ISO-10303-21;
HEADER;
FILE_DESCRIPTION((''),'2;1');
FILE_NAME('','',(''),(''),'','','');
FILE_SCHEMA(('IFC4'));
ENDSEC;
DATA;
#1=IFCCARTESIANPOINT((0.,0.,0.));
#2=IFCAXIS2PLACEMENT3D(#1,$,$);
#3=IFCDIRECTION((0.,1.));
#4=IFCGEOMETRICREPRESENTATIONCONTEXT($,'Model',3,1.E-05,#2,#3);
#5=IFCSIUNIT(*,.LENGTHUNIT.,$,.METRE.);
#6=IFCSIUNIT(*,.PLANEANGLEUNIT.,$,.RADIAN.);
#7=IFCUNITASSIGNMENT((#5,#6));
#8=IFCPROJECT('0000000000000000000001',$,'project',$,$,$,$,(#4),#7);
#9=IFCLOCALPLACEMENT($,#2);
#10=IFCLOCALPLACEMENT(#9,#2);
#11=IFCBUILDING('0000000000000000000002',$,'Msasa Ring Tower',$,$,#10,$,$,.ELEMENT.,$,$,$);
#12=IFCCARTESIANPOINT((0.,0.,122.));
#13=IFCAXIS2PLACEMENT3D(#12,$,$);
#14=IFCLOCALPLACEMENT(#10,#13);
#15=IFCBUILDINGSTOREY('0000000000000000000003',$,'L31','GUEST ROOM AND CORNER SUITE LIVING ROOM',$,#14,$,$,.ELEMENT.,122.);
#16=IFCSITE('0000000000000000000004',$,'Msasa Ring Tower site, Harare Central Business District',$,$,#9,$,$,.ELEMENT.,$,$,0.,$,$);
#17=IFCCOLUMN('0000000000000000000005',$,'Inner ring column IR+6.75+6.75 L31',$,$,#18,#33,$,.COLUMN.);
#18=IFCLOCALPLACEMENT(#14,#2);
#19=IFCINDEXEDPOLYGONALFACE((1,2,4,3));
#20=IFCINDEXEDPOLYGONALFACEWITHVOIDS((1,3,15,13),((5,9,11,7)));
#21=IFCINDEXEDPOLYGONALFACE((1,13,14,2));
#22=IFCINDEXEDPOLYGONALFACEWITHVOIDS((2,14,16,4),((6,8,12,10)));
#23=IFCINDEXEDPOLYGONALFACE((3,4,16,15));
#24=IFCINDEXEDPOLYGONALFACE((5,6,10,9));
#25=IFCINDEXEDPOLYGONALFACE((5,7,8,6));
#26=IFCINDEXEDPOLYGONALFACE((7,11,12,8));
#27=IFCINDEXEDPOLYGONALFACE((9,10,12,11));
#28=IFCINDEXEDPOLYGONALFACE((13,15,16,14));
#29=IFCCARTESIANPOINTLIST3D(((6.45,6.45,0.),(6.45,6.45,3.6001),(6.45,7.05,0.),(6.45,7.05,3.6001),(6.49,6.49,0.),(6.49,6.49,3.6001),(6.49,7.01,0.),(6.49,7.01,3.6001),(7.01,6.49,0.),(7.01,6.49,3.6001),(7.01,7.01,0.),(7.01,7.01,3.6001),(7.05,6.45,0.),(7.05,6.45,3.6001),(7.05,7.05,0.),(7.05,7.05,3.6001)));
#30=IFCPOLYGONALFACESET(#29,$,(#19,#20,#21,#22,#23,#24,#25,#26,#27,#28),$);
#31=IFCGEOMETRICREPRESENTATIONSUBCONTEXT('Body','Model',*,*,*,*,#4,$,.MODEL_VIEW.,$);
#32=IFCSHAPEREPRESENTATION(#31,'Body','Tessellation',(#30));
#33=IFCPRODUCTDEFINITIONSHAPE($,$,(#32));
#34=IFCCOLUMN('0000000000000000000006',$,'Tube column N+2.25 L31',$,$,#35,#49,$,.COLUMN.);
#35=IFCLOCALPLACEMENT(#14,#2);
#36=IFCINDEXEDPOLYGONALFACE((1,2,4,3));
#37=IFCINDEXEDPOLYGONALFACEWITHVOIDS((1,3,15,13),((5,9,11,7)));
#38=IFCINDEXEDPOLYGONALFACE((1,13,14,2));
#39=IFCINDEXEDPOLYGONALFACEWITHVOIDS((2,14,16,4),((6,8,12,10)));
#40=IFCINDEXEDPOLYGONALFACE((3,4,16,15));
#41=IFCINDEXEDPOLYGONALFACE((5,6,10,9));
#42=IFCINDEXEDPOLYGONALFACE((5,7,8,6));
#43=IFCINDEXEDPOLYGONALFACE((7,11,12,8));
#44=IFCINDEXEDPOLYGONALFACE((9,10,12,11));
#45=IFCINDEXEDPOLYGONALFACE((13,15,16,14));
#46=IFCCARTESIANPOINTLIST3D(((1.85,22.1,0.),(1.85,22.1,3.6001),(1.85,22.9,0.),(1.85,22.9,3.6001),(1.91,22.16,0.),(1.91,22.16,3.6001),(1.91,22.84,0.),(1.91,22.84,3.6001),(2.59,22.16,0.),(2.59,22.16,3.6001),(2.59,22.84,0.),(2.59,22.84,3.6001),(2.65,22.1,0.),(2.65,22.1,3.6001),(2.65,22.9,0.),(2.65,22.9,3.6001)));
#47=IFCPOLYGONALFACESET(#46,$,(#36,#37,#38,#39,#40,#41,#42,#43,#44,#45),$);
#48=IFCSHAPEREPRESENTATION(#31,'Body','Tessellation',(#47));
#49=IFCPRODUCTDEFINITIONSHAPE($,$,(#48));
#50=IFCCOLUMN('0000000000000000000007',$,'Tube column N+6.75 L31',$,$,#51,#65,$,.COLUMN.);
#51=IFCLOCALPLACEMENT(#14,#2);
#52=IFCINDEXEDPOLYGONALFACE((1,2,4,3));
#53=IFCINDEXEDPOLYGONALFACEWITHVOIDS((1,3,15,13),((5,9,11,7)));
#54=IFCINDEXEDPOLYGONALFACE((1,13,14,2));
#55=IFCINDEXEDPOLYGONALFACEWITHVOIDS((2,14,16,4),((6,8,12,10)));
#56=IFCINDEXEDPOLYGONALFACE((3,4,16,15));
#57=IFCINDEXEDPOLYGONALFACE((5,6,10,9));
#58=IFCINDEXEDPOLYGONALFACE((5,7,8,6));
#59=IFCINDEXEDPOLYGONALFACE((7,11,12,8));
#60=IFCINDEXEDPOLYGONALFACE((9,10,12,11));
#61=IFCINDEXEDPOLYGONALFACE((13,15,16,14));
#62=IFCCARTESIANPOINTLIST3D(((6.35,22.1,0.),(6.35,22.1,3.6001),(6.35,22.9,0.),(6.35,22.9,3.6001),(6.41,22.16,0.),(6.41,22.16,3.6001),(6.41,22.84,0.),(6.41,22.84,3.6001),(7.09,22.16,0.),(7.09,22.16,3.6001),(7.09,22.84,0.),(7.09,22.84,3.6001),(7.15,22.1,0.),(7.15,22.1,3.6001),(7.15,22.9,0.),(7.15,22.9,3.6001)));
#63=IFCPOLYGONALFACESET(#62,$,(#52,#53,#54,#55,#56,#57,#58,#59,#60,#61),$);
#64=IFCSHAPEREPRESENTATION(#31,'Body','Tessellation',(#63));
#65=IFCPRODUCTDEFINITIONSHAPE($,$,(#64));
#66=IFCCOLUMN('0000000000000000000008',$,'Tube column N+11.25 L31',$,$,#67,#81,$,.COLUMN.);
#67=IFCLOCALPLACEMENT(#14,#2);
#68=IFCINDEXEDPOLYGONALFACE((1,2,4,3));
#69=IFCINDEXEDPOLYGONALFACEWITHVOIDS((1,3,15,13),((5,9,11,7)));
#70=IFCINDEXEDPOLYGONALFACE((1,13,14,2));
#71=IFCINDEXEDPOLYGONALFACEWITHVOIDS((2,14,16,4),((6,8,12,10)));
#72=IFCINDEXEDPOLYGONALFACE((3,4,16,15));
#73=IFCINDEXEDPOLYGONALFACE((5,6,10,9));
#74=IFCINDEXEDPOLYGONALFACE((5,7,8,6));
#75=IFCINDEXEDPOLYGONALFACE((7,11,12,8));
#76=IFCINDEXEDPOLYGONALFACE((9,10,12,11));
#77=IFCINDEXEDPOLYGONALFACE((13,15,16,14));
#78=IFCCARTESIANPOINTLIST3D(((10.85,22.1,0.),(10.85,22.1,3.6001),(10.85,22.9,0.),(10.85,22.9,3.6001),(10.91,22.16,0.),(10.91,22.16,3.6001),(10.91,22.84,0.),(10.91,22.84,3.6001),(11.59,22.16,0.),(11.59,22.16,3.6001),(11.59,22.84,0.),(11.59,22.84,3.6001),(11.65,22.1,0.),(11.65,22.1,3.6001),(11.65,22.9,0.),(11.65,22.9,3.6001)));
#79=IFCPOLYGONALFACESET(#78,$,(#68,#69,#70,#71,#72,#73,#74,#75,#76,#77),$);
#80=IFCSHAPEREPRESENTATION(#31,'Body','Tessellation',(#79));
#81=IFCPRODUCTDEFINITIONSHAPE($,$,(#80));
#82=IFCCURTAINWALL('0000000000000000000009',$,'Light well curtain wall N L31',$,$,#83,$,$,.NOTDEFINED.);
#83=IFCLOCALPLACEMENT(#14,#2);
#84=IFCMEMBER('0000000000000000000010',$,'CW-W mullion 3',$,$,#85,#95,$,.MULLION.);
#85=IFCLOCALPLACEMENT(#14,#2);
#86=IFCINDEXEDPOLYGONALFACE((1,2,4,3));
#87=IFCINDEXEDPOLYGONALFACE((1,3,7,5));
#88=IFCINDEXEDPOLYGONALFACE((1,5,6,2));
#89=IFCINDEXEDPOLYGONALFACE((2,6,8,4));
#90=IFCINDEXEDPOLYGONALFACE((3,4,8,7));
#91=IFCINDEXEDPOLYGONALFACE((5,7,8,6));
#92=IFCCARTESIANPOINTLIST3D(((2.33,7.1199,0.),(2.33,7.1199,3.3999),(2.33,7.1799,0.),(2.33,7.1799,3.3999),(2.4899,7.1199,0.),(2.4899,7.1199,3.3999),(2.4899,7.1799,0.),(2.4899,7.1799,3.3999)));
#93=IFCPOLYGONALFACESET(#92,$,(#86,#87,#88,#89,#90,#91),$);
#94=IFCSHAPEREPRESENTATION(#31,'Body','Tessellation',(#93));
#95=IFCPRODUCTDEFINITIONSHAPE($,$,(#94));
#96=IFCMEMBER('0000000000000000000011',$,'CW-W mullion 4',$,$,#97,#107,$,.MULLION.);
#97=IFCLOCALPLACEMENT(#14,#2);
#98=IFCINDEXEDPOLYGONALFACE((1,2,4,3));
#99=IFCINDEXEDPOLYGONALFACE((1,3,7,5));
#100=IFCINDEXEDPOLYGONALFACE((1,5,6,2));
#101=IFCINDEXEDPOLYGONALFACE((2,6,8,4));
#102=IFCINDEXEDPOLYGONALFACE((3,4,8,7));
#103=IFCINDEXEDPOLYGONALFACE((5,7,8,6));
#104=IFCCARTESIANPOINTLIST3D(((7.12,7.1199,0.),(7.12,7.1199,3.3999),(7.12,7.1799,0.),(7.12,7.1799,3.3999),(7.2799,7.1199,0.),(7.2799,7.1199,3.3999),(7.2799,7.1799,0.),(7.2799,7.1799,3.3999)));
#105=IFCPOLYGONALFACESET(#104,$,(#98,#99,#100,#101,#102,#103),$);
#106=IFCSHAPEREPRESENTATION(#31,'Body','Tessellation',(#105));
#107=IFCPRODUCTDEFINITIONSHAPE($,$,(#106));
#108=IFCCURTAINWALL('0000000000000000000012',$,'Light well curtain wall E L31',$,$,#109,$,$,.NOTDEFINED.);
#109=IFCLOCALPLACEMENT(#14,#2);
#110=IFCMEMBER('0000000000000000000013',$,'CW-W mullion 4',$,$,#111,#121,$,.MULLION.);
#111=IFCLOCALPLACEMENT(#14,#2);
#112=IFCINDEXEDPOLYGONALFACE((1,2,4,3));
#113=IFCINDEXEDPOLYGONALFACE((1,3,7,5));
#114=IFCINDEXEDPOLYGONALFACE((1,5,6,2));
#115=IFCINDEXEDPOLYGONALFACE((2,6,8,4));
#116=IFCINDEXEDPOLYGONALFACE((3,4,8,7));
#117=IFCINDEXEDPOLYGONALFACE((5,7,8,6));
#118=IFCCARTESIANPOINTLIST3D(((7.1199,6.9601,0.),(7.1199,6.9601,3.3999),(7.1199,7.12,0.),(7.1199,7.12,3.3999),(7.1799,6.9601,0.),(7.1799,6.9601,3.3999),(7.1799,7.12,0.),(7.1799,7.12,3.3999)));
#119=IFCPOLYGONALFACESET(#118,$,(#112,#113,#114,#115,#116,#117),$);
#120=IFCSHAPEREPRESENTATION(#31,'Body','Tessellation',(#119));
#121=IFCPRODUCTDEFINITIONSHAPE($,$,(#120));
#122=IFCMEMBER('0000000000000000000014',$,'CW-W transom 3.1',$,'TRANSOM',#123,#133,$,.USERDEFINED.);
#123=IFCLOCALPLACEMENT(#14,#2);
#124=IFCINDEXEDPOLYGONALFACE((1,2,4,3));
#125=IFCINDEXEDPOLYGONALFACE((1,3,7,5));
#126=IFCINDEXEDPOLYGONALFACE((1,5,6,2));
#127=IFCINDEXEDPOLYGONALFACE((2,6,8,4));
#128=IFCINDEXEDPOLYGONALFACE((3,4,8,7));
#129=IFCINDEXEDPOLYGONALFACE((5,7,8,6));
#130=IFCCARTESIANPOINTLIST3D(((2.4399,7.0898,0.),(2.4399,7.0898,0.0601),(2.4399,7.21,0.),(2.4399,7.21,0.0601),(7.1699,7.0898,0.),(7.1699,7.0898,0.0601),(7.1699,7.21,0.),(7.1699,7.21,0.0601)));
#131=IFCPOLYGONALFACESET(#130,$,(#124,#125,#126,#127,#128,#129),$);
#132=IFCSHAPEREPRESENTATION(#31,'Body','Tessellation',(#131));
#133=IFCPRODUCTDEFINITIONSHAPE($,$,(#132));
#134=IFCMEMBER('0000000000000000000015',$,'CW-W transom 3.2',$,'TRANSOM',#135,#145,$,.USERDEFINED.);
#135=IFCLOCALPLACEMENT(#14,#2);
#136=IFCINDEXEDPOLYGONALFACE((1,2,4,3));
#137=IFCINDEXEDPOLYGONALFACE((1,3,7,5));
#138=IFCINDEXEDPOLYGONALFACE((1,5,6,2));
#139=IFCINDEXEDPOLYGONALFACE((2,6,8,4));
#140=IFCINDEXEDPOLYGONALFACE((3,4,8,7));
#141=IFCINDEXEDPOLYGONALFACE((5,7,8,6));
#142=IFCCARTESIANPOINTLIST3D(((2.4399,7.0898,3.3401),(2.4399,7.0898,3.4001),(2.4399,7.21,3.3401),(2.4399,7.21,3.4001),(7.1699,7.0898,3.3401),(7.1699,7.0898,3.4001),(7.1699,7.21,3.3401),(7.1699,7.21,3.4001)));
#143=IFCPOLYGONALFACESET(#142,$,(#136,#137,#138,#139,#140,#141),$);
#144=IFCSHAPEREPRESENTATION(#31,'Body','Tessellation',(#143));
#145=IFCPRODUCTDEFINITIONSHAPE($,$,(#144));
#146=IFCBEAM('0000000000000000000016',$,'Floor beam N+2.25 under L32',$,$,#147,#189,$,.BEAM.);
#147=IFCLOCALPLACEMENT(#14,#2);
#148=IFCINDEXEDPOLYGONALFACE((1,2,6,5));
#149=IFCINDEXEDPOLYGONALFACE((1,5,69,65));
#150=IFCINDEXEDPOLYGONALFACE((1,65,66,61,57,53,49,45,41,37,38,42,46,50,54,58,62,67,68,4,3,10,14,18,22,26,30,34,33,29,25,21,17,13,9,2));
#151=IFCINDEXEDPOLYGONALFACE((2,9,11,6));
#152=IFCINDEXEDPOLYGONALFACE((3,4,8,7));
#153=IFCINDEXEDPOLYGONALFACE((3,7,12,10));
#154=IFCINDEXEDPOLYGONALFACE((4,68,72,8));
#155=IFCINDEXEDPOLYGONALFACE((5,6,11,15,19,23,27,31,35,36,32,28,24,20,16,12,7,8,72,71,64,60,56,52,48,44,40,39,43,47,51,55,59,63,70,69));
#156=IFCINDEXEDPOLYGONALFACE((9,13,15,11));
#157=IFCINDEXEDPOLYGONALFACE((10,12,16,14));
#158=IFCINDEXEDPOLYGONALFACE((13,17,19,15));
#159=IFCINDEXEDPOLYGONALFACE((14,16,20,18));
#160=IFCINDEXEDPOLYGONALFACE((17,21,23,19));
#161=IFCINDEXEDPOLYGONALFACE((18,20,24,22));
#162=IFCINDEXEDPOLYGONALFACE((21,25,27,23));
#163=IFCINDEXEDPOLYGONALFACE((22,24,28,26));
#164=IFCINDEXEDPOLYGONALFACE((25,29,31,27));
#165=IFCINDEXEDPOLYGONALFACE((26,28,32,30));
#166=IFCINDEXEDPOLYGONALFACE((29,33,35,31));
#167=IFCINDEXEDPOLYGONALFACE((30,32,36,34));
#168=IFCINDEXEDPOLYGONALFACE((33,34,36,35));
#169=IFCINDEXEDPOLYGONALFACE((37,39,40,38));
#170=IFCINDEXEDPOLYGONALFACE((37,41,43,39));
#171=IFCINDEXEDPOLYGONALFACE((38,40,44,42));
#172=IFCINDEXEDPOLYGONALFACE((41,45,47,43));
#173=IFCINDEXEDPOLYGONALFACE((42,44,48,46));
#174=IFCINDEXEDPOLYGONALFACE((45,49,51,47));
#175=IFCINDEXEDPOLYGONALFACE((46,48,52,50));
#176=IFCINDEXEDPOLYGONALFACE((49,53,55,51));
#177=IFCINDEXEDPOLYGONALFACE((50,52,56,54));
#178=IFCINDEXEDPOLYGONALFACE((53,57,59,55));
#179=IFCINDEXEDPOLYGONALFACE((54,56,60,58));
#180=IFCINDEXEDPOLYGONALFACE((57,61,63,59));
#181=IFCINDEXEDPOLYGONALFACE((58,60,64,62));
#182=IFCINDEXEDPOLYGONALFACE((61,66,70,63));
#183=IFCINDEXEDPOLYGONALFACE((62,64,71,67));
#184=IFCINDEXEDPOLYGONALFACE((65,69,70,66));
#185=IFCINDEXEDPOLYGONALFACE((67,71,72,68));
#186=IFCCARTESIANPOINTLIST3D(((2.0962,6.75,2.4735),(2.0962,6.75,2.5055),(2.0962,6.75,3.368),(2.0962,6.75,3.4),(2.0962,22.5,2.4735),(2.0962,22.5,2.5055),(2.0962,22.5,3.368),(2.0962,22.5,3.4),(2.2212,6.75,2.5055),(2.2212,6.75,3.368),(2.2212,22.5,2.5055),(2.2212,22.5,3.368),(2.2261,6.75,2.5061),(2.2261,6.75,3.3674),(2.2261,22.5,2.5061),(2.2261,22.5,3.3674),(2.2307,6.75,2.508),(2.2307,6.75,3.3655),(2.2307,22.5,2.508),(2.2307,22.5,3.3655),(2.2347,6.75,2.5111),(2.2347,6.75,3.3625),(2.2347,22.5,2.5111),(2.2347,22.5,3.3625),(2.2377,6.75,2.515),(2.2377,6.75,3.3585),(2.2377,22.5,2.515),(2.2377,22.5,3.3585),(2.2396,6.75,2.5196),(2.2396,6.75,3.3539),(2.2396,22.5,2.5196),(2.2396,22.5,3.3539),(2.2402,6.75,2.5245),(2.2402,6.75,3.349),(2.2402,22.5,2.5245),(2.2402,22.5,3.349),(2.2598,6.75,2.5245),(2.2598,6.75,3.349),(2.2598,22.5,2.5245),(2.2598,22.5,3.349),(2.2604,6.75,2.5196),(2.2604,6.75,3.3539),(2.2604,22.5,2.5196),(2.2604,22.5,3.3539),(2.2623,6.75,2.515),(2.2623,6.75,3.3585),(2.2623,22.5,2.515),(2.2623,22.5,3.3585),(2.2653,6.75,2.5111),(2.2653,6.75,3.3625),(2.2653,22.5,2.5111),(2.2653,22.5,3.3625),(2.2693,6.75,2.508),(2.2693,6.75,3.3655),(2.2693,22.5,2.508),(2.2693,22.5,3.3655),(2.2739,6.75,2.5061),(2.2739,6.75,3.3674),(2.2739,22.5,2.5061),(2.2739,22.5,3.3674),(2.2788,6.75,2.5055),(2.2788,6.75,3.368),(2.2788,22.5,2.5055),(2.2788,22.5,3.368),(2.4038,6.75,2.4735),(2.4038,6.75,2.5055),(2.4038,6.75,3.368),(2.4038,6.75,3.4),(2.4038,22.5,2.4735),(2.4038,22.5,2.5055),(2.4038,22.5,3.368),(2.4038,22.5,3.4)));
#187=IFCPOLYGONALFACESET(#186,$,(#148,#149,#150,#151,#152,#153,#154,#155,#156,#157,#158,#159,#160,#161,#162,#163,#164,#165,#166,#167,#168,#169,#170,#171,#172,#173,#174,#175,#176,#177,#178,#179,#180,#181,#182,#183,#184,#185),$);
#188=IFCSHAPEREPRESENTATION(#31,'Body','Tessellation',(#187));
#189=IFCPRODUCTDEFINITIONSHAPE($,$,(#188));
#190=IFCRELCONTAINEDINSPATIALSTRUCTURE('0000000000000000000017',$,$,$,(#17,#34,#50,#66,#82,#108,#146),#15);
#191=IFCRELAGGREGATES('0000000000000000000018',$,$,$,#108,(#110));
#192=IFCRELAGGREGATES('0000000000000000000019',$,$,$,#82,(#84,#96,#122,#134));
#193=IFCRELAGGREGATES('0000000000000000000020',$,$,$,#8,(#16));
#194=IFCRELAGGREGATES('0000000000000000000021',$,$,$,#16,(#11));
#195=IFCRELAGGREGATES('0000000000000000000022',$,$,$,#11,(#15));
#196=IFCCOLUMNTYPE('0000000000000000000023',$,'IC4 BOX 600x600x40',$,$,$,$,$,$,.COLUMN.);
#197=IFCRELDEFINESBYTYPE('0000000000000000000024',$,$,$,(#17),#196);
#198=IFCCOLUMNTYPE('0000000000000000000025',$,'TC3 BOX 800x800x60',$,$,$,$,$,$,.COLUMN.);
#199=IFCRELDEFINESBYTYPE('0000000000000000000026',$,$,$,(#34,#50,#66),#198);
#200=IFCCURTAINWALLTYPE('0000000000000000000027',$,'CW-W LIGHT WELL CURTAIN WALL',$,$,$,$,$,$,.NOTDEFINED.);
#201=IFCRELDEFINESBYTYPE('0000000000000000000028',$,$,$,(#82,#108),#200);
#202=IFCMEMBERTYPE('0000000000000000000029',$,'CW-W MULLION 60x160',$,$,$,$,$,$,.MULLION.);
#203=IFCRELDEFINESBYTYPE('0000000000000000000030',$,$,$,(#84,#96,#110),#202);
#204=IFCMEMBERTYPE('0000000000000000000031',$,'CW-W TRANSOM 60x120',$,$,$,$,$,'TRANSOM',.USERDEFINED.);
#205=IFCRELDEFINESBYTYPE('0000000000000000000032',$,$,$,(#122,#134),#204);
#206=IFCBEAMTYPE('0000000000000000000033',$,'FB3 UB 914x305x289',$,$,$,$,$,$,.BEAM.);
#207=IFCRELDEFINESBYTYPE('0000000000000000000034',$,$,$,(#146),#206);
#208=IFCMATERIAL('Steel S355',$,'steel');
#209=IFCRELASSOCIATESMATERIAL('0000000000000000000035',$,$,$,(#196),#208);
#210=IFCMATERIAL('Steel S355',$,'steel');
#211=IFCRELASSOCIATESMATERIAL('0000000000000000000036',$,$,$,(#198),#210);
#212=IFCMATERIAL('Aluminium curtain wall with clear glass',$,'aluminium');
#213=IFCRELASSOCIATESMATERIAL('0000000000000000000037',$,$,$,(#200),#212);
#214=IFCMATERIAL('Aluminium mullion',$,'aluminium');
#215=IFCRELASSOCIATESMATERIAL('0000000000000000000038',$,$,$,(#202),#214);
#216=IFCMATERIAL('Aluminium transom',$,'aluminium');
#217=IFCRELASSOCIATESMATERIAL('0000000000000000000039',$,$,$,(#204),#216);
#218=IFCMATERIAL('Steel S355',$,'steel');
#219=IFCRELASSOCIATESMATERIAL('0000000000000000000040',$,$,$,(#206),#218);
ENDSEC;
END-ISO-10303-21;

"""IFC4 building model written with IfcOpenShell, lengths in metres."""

from ifc_helpers import new_model, si_unit, direction, frame, origin, origin_2d, place, context, subcontext, project, spatial, rectangle, hollow_rectangle, i_section, extrude, material, material_profile, profile_set, type_object, element, aggregate, save


model = new_model("IFC4")

# Units and contexts
model_context = context("Model", 3, precision=1e-05, world=origin(), true_north=direction((0.0, 1.0)))
body_context = subcontext(model_context, "Body", "Model", "MODEL_VIEW")
ifc_project = project(units=[si_unit("LENGTHUNIT", "METRE"), si_unit("PLANEANGLEUNIT", "RADIAN")], contexts=[model_context])

# Site, building, storey
site_placement = place(None, origin())
site = spatial("IfcSite", under=ifc_project, at=site_placement, Name="Msasa Ring Tower site, Harare Central Business District", CompositionType="ELEMENT", RefElevation=0.0)
building_placement = place(site_placement, origin())
building = spatial("IfcBuilding", under=site, at=building_placement, Name="Msasa Ring Tower", CompositionType="ELEMENT")
storey_placement = place(building_placement, frame((0.0, 0.0, 122.0)))
storey = spatial("IfcBuildingStorey", under=building, at=storey_placement, Name="L31", Description="GUEST ROOM AND CORNER SUITE LIVING ROOM", CompositionType="ELEMENT", Elevation=122.0)

# Columns
ifc_material_1 = material(Name="Steel S355", Category="steel")
ifc_material_profile_1 = material_profile(ifc_material_1, hollow_rectangle(XDim=0.6001, YDim=0.6001, WallThickness=0.04, at=origin_2d()), Name="BOX 600x600x40")
ifc_profile_set_1 = profile_set([ifc_material_profile_1], Name="Steel S355")
column_type_1 = type_object("IfcColumnType", Name="IC4 BOX 600x600x40", PredefinedType="COLUMN", material=ifc_profile_set_1)
column_placement = place(storey_placement, frame((6.75, 6.75, 0.0), z_axis=(0.0, 0.0, 1.0), x_axis=(1.0, 0.0, 0.0)))
element("IfcColumn", 1, at=column_placement, inside=storey, type_object=column_type_1, Name="Inner ring column IR+6.75+6.75 L31", PredefinedType="COLUMN", context=body_context, shape_type="SweptSolid", body=[
    extrude(hollow_rectangle(XDim=0.6001, YDim=0.6001, WallThickness=0.04, at=origin_2d()), origin(), (0.0, 0.0, 1.0), 3.6001),
])
ifc_material_2 = material(Name="Steel S355", Category="steel")
ifc_material_profile_2 = material_profile(ifc_material_2, hollow_rectangle(XDim=0.8, YDim=0.8, WallThickness=0.0601, at=origin_2d()), Name="BOX 800x800x60")
ifc_profile_set_2 = profile_set([ifc_material_profile_2], Name="Steel S355")
column_type_2 = type_object("IfcColumnType", Name="TC3 BOX 800x800x60", PredefinedType="COLUMN", material=ifc_profile_set_2)
for number, where, z_axis, x_axis, name in (
    (2, (2.25, 22.5, 0.0), (0.0, 0.0, 1.0), (0.0, 1.0, 0.0), "Tube column N+2.25 L31"),
    (3, (6.75, 22.5, 0.0), (0.0, 0.0, 1.0), (0.0, 1.0, 0.0), "Tube column N+6.75 L31"),
    (4, (11.25, 22.5, 0.0), (0.0, 0.0, 1.0), (0.0, 1.0, 0.0), "Tube column N+11.25 L31"),
):
    element("IfcColumn", number, at=place(storey_placement, frame(where, z_axis=z_axis, x_axis=x_axis)), inside=storey, type_object=column_type_2, Name=name, PredefinedType="COLUMN", context=body_context, shape_type="SweptSolid", body=[
        extrude(hollow_rectangle(XDim=0.8, YDim=0.8, WallThickness=0.0601, at=origin_2d()), origin(), (0.0, 0.0, 1.0), 3.6001),
    ])

# Curtain wall, members
ifc_material_3 = material(Name="Aluminium curtain wall with clear glass", Category="aluminium")
curtain_wall_type = type_object("IfcCurtainWallType", Name="CW-W LIGHT WELL CURTAIN WALL", PredefinedType="NOTDEFINED", material=ifc_material_3)
curtain_wall_1_placement = place(storey_placement, origin())
curtain_wall_1 = element("IfcCurtainWall", 5, at=curtain_wall_1_placement, inside=storey, type_object=curtain_wall_type, Name="Light well curtain wall N L31", PredefinedType="NOTDEFINED")
ifc_material_4 = material(Name="Aluminium mullion", Category="aluminium")
ifc_material_profile_3 = material_profile(ifc_material_4, rectangle(XDim=0.0601, YDim=0.1599, at=origin_2d()), Name="AL 60x160")
ifc_profile_set_3 = profile_set([ifc_material_profile_3], Name="Aluminium mullion")
member_type_1 = type_object("IfcMemberType", Name="CW-W MULLION 60x160", PredefinedType="MULLION", material=ifc_profile_set_3)
member_1_placement = place(storey_placement, frame((2.4099, 7.1499, 0.0), z_axis=(0.0, 0.0, 1.0), x_axis=(0.0, 1.0, 0.0)))
member_1 = element("IfcMember", 6, at=member_1_placement, type_object=member_type_1, Name="CW-W mullion 3", PredefinedType="MULLION", context=body_context, shape_type="SweptSolid", body=[
    extrude(rectangle(XDim=0.0601, YDim=0.1599, at=origin_2d()), origin(), (0.0, 0.0, 1.0), 3.3999),
])
member_2_placement = place(storey_placement, frame((7.2, 7.1499, 0.0), z_axis=(0.0, 0.0, 1.0), x_axis=(0.0, 1.0, 0.0)))
member_2 = element("IfcMember", 7, at=member_2_placement, type_object=member_type_1, Name="CW-W mullion 4", PredefinedType="MULLION", context=body_context, shape_type="SweptSolid", body=[
    extrude(rectangle(XDim=0.0601, YDim=0.1599, at=origin_2d()), origin(), (0.0, 0.0, 1.0), 3.3999),
])

# Curtain wall, member
curtain_wall_2_placement = place(storey_placement, origin())
curtain_wall_2 = element("IfcCurtainWall", 8, at=curtain_wall_2_placement, inside=storey, type_object=curtain_wall_type, Name="Light well curtain wall E L31", PredefinedType="NOTDEFINED")
member_3_placement = place(storey_placement, frame((7.1499, 7.04, 0.0), z_axis=(0.0, 0.0, 1.0), x_axis=(-1.0, 0.0, 0.0)))
member_3 = element("IfcMember", 9, at=member_3_placement, type_object=member_type_1, Name="CW-W mullion 4", PredefinedType="MULLION", context=body_context, shape_type="SweptSolid", body=[
    extrude(rectangle(XDim=0.0601, YDim=0.1599, at=origin_2d()), origin(), (0.0, 0.0, 1.0), 3.3999),
])
aggregate(curtain_wall_2, [member_3])

# Members
ifc_material_5 = material(Name="Aluminium transom", Category="aluminium")
ifc_material_profile_4 = material_profile(ifc_material_5, rectangle(XDim=0.1201, YDim=0.0601, at=origin_2d()), Name="AL 60x120")
ifc_profile_set_4 = profile_set([ifc_material_profile_4], Name="Aluminium transom")
member_type_2 = type_object("IfcMemberType", Name="CW-W TRANSOM 60x120", ElementType="TRANSOM", PredefinedType="USERDEFINED", material=ifc_profile_set_4)
member_4_placement = place(storey_placement, frame((2.4399, 7.1499, 0.03), z_axis=(1.0, 0.0, 0.0), x_axis=(0.0, 1.0, 0.0)))
member_4 = element("IfcMember", 10, at=member_4_placement, type_object=member_type_2, Name="CW-W transom 3.1", ObjectType="TRANSOM", PredefinedType="USERDEFINED", context=body_context, shape_type="SweptSolid", body=[
    extrude(rectangle(XDim=0.1201, YDim=0.0601, at=origin_2d()), origin(), (0.0, 0.0, 1.0), 4.73),
])
member_5_placement = place(storey_placement, frame((2.4399, 7.1499, 3.3701), z_axis=(1.0, 0.0, 0.0), x_axis=(0.0, 1.0, 0.0)))
member_5 = element("IfcMember", 11, at=member_5_placement, type_object=member_type_2, Name="CW-W transom 3.2", ObjectType="TRANSOM", PredefinedType="USERDEFINED", context=body_context, shape_type="SweptSolid", body=[
    extrude(rectangle(XDim=0.1201, YDim=0.0601, at=origin_2d()), origin(), (0.0, 0.0, 1.0), 4.73),
])

# Beam
ifc_material_6 = material(Name="Steel S355", Category="steel")
ifc_material_profile_5 = material_profile(ifc_material_6, i_section(OverallWidth=0.3076, OverallDepth=0.9265, WebThickness=0.0195, FlangeThickness=0.032, FilletRadius=0.019, at=origin_2d()), Name="UB 914x305x289")
ifc_profile_set_5 = profile_set([ifc_material_profile_5], Name="Steel S355")
beam_type_1 = type_object("IfcBeamType", Name="FB3 UB 914x305x289", PredefinedType="BEAM", material=ifc_profile_set_5)
for number, where, z_axis, x_axis, name in (
    (12, (2.25, 22.5, 2.9368), (0.0, -1.0, 0.0), (1.0, 0.0, 0.0), "Floor beam N+2.25 under L32"),
):
    element("IfcBeam", number, at=place(storey_placement, frame(where, z_axis=z_axis, x_axis=x_axis)), inside=storey, type_object=beam_type_1, Name=name, PredefinedType="BEAM", context=body_context, shape_type="SweptSolid", body=[
        extrude(i_section(OverallWidth=0.3076, OverallDepth=0.9265, WebThickness=0.0195, FlangeThickness=0.032, FilletRadius=0.019, at=origin_2d()), origin(), (0.0, 0.0, 1.0), 15.75),
    ])

aggregate(curtain_wall_1, [member_1, member_2, member_4, member_5])

save(model, "model.ifc")
